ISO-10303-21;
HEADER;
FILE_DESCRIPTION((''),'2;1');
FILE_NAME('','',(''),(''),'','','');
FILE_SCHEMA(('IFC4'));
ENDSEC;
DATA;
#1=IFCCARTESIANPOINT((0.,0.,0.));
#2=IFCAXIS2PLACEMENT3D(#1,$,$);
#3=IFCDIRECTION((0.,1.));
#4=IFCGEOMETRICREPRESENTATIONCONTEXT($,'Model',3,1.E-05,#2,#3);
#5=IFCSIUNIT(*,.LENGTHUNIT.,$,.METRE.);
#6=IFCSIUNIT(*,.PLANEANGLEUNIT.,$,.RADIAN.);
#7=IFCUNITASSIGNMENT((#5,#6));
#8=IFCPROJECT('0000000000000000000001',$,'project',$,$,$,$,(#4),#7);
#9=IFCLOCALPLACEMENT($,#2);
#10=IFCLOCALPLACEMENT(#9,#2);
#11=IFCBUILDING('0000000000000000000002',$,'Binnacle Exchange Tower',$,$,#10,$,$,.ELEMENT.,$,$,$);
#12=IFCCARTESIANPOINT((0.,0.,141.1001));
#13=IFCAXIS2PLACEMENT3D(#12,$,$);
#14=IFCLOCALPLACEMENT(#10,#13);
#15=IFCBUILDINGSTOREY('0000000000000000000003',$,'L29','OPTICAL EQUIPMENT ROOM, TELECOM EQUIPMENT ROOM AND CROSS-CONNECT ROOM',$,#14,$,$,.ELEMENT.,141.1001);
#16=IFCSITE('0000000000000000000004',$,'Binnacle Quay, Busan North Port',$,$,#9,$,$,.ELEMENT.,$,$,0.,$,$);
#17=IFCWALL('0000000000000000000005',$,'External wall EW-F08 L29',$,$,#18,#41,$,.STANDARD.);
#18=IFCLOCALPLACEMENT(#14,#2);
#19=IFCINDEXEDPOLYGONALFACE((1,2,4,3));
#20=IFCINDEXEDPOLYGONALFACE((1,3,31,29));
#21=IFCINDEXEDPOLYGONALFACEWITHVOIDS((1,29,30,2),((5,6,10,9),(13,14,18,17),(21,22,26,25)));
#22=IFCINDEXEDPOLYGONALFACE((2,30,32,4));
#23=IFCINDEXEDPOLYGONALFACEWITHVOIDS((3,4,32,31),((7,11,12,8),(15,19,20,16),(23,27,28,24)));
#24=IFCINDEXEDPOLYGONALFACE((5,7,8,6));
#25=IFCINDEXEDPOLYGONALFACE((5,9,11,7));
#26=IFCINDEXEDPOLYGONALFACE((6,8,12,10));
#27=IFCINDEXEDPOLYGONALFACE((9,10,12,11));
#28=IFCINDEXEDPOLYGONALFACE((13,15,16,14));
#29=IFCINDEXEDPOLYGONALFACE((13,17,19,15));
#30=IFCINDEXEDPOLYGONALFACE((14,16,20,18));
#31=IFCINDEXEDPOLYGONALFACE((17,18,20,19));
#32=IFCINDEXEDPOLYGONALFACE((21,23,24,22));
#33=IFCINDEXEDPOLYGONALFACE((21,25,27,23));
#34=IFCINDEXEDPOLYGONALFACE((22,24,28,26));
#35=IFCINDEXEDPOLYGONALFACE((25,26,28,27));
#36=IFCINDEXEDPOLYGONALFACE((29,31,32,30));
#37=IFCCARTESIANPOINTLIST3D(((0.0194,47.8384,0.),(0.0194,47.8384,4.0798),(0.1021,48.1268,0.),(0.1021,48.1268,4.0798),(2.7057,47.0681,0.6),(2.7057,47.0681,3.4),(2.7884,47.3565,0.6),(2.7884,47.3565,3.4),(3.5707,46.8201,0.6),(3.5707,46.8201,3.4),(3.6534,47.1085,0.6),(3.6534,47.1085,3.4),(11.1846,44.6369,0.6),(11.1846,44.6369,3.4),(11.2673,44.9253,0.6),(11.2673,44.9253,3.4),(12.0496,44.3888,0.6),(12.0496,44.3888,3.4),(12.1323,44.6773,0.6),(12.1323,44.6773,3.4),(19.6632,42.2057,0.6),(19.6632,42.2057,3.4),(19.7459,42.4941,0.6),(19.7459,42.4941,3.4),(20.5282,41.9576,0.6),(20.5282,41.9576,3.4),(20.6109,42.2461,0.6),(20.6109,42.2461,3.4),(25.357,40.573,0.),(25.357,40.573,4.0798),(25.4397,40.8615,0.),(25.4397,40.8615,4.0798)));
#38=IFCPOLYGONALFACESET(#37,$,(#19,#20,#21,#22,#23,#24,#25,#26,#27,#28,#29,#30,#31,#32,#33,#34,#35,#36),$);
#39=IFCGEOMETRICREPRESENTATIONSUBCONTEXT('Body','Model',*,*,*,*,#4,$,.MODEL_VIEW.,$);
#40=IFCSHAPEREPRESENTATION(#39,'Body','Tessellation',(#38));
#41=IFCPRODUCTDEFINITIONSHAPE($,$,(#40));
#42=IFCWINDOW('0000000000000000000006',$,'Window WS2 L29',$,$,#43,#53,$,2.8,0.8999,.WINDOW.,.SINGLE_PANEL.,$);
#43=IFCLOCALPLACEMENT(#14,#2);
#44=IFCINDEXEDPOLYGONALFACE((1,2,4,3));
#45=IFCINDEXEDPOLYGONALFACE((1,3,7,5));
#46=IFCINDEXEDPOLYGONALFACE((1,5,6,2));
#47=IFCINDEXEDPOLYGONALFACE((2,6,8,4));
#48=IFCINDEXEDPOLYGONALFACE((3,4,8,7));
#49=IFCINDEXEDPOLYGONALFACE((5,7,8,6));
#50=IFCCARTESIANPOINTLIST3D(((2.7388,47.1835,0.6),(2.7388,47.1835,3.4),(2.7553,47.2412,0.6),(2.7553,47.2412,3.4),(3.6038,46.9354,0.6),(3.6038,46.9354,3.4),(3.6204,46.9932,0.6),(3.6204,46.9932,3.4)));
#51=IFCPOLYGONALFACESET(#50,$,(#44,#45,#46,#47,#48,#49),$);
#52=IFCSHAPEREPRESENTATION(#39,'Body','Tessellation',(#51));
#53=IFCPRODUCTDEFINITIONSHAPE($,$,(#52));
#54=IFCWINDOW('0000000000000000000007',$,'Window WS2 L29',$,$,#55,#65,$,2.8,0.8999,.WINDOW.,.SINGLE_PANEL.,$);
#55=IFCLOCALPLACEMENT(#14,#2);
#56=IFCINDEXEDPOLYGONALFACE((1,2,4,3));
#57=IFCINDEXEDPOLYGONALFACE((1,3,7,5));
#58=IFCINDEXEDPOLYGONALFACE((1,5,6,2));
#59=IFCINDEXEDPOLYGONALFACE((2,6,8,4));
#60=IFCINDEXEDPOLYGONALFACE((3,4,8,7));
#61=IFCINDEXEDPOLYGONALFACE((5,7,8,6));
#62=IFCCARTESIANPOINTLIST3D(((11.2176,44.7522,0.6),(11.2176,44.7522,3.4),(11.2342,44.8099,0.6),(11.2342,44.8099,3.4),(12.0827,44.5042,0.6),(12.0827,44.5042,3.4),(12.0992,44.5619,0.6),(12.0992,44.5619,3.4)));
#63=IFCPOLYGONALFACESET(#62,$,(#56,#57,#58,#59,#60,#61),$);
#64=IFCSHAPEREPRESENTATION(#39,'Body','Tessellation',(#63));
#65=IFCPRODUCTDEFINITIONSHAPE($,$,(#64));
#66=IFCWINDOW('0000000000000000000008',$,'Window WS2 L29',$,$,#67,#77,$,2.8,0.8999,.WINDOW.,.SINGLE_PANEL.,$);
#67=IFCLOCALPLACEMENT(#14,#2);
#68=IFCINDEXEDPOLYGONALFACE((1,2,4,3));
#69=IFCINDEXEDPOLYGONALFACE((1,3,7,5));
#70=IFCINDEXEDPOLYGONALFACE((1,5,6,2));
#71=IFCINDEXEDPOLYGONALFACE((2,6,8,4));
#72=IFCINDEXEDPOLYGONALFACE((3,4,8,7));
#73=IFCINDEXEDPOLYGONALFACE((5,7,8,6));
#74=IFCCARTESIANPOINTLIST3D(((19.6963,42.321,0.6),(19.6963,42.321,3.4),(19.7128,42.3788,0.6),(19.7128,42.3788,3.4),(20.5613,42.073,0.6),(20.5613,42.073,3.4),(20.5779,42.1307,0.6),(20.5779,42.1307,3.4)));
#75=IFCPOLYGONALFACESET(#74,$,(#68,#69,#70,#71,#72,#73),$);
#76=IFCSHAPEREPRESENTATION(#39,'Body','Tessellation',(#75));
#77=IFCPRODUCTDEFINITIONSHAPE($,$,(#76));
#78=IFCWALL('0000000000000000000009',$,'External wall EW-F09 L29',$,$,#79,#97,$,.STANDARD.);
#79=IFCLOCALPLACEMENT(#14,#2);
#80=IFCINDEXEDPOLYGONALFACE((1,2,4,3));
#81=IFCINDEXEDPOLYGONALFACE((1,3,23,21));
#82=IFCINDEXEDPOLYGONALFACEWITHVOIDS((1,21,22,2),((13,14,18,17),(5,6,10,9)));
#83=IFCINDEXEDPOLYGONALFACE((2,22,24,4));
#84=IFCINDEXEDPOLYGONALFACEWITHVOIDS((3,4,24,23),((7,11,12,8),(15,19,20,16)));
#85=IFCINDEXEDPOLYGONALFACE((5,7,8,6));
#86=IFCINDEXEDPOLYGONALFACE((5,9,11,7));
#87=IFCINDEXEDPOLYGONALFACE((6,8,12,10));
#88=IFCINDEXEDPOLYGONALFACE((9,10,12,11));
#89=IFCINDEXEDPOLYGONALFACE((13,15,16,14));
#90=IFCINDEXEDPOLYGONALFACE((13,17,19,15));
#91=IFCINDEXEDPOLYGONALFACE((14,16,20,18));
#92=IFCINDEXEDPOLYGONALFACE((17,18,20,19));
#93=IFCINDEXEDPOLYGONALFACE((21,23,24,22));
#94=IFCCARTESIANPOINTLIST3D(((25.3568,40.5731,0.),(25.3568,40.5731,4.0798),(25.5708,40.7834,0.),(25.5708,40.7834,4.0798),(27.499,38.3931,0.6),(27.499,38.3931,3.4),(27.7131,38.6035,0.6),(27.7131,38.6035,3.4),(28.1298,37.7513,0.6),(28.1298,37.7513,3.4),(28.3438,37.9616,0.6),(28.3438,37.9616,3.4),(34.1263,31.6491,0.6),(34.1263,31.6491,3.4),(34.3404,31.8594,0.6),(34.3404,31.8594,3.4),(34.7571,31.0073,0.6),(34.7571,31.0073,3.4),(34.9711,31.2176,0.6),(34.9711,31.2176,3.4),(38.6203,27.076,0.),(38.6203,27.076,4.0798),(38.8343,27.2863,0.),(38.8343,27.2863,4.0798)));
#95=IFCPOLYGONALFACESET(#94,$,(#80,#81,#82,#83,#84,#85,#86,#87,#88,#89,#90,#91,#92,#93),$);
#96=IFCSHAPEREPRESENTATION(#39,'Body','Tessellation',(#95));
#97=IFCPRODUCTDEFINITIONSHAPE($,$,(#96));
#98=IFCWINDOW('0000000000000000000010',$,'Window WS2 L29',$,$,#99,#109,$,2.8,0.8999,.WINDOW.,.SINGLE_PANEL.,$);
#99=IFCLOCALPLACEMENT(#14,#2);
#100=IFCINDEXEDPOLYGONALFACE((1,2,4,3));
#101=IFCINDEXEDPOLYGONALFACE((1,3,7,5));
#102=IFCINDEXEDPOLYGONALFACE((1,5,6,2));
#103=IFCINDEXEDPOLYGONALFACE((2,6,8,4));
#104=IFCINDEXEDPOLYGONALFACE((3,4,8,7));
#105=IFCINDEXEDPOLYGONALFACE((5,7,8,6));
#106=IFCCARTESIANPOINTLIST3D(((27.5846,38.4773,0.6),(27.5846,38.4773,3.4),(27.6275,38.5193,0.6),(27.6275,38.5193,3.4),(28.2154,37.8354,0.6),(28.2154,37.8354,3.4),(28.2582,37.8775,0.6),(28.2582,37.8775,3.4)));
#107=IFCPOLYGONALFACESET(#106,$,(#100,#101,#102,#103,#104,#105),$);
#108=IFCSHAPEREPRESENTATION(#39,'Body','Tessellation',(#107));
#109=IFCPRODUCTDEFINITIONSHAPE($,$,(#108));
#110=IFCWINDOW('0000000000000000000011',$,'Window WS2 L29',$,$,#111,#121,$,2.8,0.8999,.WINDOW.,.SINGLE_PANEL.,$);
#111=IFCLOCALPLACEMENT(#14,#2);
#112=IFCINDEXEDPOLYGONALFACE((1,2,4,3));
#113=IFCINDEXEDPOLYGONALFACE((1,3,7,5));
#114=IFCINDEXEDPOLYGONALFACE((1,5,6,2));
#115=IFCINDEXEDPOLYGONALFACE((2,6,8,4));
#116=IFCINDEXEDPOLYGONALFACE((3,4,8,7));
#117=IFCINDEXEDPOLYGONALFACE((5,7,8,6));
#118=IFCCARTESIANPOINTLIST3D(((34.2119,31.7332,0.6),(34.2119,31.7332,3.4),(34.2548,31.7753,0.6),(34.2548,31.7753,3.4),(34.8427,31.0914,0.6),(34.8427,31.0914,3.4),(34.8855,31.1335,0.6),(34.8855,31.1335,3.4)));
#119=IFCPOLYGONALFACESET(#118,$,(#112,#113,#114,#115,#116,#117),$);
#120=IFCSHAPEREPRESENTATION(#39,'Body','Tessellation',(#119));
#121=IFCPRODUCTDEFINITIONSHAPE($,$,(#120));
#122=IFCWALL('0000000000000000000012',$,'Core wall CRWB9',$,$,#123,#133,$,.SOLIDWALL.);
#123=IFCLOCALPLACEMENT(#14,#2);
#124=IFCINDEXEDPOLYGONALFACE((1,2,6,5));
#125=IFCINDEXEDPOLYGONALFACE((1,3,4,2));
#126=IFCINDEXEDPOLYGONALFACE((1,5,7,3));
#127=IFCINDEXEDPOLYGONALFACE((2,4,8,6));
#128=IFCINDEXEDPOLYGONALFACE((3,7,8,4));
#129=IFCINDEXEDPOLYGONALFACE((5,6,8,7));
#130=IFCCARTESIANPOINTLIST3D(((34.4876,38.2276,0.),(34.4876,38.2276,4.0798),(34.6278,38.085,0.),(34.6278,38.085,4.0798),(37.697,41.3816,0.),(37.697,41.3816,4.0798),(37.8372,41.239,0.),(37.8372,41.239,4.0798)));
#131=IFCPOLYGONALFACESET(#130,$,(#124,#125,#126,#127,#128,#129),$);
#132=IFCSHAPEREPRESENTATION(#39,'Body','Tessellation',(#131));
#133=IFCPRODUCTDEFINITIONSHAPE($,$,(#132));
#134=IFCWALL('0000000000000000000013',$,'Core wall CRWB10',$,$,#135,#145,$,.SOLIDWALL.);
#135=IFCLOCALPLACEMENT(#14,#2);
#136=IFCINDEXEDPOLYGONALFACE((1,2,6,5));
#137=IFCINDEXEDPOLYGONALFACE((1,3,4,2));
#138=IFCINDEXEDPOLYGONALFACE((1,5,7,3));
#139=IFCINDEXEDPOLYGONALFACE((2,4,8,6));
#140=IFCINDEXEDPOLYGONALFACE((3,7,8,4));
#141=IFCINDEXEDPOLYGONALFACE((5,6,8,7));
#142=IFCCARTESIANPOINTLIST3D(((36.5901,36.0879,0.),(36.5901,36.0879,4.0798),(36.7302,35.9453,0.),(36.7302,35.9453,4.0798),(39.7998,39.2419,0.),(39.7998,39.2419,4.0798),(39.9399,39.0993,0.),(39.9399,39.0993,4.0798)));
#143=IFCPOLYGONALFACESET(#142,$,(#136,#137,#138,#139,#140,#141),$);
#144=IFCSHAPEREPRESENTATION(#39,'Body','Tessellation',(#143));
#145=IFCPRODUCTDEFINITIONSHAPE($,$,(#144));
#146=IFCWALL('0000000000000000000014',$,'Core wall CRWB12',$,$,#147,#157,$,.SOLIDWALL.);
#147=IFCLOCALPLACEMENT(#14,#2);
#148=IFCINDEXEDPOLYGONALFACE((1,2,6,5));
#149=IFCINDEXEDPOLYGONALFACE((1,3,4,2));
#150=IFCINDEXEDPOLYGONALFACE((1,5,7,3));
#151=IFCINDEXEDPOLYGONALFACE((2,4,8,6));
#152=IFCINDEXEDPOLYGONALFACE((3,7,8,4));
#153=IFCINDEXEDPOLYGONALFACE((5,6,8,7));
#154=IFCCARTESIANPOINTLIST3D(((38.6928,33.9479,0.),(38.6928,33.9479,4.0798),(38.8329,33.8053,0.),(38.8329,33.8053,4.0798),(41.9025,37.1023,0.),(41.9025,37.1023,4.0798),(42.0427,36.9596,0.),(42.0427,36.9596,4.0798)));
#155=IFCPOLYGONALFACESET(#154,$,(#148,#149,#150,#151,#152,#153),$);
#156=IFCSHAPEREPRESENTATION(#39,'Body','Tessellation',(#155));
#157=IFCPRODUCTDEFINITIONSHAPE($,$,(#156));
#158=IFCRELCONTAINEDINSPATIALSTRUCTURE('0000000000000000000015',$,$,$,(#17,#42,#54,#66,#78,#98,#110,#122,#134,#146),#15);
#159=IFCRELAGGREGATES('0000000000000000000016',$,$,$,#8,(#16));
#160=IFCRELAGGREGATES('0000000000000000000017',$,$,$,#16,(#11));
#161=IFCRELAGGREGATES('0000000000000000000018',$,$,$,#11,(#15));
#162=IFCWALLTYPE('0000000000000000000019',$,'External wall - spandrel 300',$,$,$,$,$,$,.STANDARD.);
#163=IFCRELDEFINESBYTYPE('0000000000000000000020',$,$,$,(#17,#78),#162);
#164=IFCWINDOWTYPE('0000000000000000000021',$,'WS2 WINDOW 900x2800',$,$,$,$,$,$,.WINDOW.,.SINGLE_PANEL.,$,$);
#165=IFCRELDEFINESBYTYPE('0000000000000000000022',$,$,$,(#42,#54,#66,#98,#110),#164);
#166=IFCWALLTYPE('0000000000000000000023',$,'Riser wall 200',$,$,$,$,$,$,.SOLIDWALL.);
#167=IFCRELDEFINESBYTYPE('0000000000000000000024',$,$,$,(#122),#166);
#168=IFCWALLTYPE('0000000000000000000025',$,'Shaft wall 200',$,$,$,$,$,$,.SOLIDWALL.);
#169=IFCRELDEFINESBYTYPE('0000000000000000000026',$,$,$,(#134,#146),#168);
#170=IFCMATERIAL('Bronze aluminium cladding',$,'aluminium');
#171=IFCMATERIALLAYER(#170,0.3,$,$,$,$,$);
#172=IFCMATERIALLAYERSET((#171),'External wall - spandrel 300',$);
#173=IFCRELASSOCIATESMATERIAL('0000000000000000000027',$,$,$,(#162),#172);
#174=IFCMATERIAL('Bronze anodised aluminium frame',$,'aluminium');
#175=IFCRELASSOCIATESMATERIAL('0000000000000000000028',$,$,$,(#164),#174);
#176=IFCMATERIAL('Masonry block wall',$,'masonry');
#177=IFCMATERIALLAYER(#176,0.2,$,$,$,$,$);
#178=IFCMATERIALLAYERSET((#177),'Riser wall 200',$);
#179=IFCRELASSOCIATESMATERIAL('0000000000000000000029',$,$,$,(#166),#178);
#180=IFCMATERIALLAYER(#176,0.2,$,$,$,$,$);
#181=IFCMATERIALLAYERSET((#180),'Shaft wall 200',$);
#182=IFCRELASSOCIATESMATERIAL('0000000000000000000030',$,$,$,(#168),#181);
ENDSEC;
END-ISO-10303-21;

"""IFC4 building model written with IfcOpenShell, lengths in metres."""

from ifc_helpers import new_model, si_unit, direction, frame, frame_2d, origin, place, context, subcontext, project, spatial, rectangle, extrude, material, layer, layer_set, type_object, element, fill, save


model = new_model("IFC4")

# Units and contexts
model_context = context("Model", 3, precision=1e-05, world=origin(), true_north=direction((0.0, 1.0)))
body_context = subcontext(model_context, "Body", "Model", "MODEL_VIEW")
ifc_project = project(units=[si_unit("LENGTHUNIT", "METRE"), si_unit("PLANEANGLEUNIT", "RADIAN")], contexts=[model_context])

# Site, building, storey
site_placement = place(None, origin())
site = spatial("IfcSite", under=ifc_project, at=site_placement, Name="Binnacle Quay, Busan North Port", CompositionType="ELEMENT", RefElevation=0.0)
building_placement = place(site_placement, origin())
building = spatial("IfcBuilding", under=site, at=building_placement, Name="Binnacle Exchange Tower", CompositionType="ELEMENT")
storey_placement = place(building_placement, frame((0.0, 0.0, 141.1001)))
storey = spatial("IfcBuildingStorey", under=building, at=storey_placement, Name="L29", Description="OPTICAL EQUIPMENT ROOM, TELECOM EQUIPMENT ROOM AND CROSS-CONNECT ROOM", CompositionType="ELEMENT", Elevation=141.1001)

# Walls, openings, windows
ifc_material_1 = material(Name="Bronze aluminium cladding", Category="aluminium")
ifc_layer_1 = layer(ifc_material_1, 0.3)
ifc_layer_set_1 = layer_set([ifc_layer_1], Name="External wall - spandrel 300")
wall_type_1 = type_object("IfcWallType", Name="External wall - spandrel 300", PredefinedType="STANDARD", material=ifc_layer_set_1)
wall_1_placement = place(storey_placement, frame((25.3982, 40.7173, 0.0), z_axis=(0.0, 0.0, 1.0), x_axis=(-0.961262, 0.275635, 0.0)))
wall_1 = element("IfcWall", 1, at=wall_1_placement, inside=storey, type_object=wall_type_1, Name="External wall EW-F08 L29", PredefinedType="STANDARD", context=body_context, shape_type="SweptSolid", body=[
    extrude(rectangle(XDim=26.3586, YDim=0.3, at=frame_2d((13.1792, 0.0))), origin(), (0.0, 0.0, 1.0), 4.0798),
])
opening_1_placement = place(wall_1_placement, frame((22.6641, 0.0, 0.6001)))
opening_1 = element("IfcOpeningElement", 2, at=opening_1_placement, cuts=wall_1, PredefinedType="OPENING", context=body_context, shape_type="SweptSolid", body=[
    extrude(rectangle(XDim=0.8999, YDim=2.8, at=frame_2d((0.45, 1.3999))), frame((0.0, 0.1599, 0.0), z_axis=(0.0, -1.0, 0.0), x_axis=(1.0, 0.0, 0.0)), (0.0, 0.0, 1.0), 0.3201),
])
opening_2_placement = place(wall_1_placement, frame((13.8435, 0.0, 0.6001)))
opening_2 = element("IfcOpeningElement", 3, at=opening_2_placement, cuts=wall_1, PredefinedType="OPENING", context=body_context, shape_type="SweptSolid", body=[
    extrude(rectangle(XDim=0.8999, YDim=2.8, at=frame_2d((0.45, 1.3999))), frame((0.0, 0.1599, 0.0), z_axis=(0.0, -1.0, 0.0), x_axis=(1.0, 0.0, 0.0)), (0.0, 0.0, 1.0), 0.3201),
])
opening_3_placement = place(wall_1_placement, frame((5.0232, 0.0, 0.6001)))
opening_3 = element("IfcOpeningElement", 4, at=opening_3_placement, cuts=wall_1, PredefinedType="OPENING", context=body_context, shape_type="SweptSolid", body=[
    extrude(rectangle(XDim=0.8999, YDim=2.8, at=frame_2d((0.45, 1.3999))), frame((0.0, 0.1599, 0.0), z_axis=(0.0, -1.0, 0.0), x_axis=(1.0, 0.0, 0.0)), (0.0, 0.0, 1.0), 0.3201),
])
ifc_material_2 = material(Name="Bronze anodised aluminium frame", Category="aluminium")
window_type = type_object("IfcWindowType", Name="WS2 WINDOW 900x2800", PartitioningType="SINGLE_PANEL", PredefinedType="WINDOW", material=ifc_material_2)
window_1_placement = place(opening_1_placement, origin())
window_1 = element("IfcWindow", 5, at=window_1_placement, inside=storey, type_object=window_type, Name="Window WS2 L29", OverallHeight=2.8, OverallWidth=0.8999, PartitioningType="SINGLE_PANEL", PredefinedType="WINDOW", context=body_context, shape_type="SweptSolid", body=[
    extrude(rectangle(XDim=0.8999, YDim=2.8, at=frame_2d((0.45, 1.3999))), frame((0.0, 0.03, 0.0), z_axis=(0.0, -1.0, 0.0), x_axis=(1.0, 0.0, 0.0)), (0.0, 0.0, 1.0), 0.0601),
])
fill(opening_1, window_1)
window_2_placement = place(opening_2_placement, origin())
window_2 = element("IfcWindow", 6, at=window_2_placement, inside=storey, type_object=window_type, Name="Window WS2 L29", OverallHeight=2.8, OverallWidth=0.8999, PartitioningType="SINGLE_PANEL", PredefinedType="WINDOW", context=body_context, shape_type="SweptSolid", body=[
    extrude(rectangle(XDim=0.8999, YDim=2.8, at=frame_2d((0.45, 1.3999))), frame((0.0, 0.03, 0.0), z_axis=(0.0, -1.0, 0.0), x_axis=(1.0, 0.0, 0.0)), (0.0, 0.0, 1.0), 0.0601),
])
fill(opening_2, window_2)
window_3_placement = place(opening_3_placement, origin())
window_3 = element("IfcWindow", 7, at=window_3_placement, inside=storey, type_object=window_type, Name="Window WS2 L29", OverallHeight=2.8, OverallWidth=0.8999, PartitioningType="SINGLE_PANEL", PredefinedType="WINDOW", context=body_context, shape_type="SweptSolid", body=[
    extrude(rectangle(XDim=0.8999, YDim=2.8, at=frame_2d((0.45, 1.3999))), frame((0.0, 0.03, 0.0), z_axis=(0.0, -1.0, 0.0), x_axis=(1.0, 0.0, 0.0)), (0.0, 0.0, 1.0), 0.0601),
])
fill(opening_3, window_3)
wall_2_placement = place(storey_placement, frame((38.7273, 27.1812, 0.0), z_axis=(0.0, 0.0, 1.0), x_axis=(-0.700906, 0.713253, 0.0)))
wall_2 = element("IfcWall", 8, at=wall_2_placement, inside=storey, type_object=wall_type_1, Name="External wall EW-F09 L29", PredefinedType="STANDARD", context=body_context, shape_type="SweptSolid", body=[
    extrude(rectangle(XDim=18.9233, YDim=0.3, at=frame_2d((9.4617, 0.0))), origin(), (0.0, 0.0, 1.0), 4.0798),
])
opening_4_placement = place(wall_2_placement, frame((14.967, 0.0, 0.6001)))
opening_4 = element("IfcOpeningElement", 9, at=opening_4_placement, cuts=wall_2, PredefinedType="OPENING", context=body_context, shape_type="SweptSolid", body=[
    extrude(rectangle(XDim=0.8999, YDim=2.8, at=frame_2d((0.45, 1.3999))), frame((0.0, 0.1599, 0.0), z_axis=(0.0, -1.0, 0.0), x_axis=(1.0, 0.0, 0.0)), (0.0, 0.0, 1.0), 0.3201),
])
opening_5_placement = place(wall_2_placement, frame((5.5117, 0.0, 0.6001)))
opening_5 = element("IfcOpeningElement", 10, at=opening_5_placement, cuts=wall_2, PredefinedType="OPENING", context=body_context, shape_type="SweptSolid", body=[
    extrude(rectangle(XDim=0.8999, YDim=2.8, at=frame_2d((0.45, 1.3999))), frame((0.0, 0.1599, 0.0), z_axis=(0.0, -1.0, 0.0), x_axis=(1.0, 0.0, 0.0)), (0.0, 0.0, 1.0), 0.3201),
])
window_4_placement = place(opening_4_placement, origin())
window_4 = element("IfcWindow", 11, at=window_4_placement, inside=storey, type_object=window_type, Name="Window WS2 L29", OverallHeight=2.8, OverallWidth=0.8999, PartitioningType="SINGLE_PANEL", PredefinedType="WINDOW", context=body_context, shape_type="SweptSolid", body=[
    extrude(rectangle(XDim=0.8999, YDim=2.8, at=frame_2d((0.45, 1.3999))), frame((0.0, 0.03, 0.0), z_axis=(0.0, -1.0, 0.0), x_axis=(1.0, 0.0, 0.0)), (0.0, 0.0, 1.0), 0.0601),
])
fill(opening_4, window_4)
window_5_placement = place(opening_5_placement, origin())
window_5 = element("IfcWindow", 12, at=window_5_placement, inside=storey, type_object=window_type, Name="Window WS2 L29", OverallHeight=2.8, OverallWidth=0.8999, PartitioningType="SINGLE_PANEL", PredefinedType="WINDOW", context=body_context, shape_type="SweptSolid", body=[
    extrude(rectangle(XDim=0.8999, YDim=2.8, at=frame_2d((0.45, 1.3999))), frame((0.0, 0.03, 0.0), z_axis=(0.0, -1.0, 0.0), x_axis=(1.0, 0.0, 0.0)), (0.0, 0.0, 1.0), 0.0601),
])
fill(opening_5, window_5)

# Walls
ifc_material_3 = material(Name="Masonry block wall", Category="masonry")
ifc_layer_2 = layer(ifc_material_3, 0.2)
ifc_layer_set_2 = layer_set([ifc_layer_2], Name="Riser wall 200")
wall_type_2 = type_object("IfcWallType", Name="Riser wall 200", PredefinedType="SOLIDWALL", material=ifc_layer_set_2)
wall_3_placement = place(storey_placement, frame((34.5576, 38.1562, 0.0), z_axis=(0.0, 0.0, 1.0), x_axis=(0.713238, 0.700922, 0.0)))
element("IfcWall", 13, at=wall_3_placement, inside=storey, type_object=wall_type_2, Name="Core wall CRWB9", PredefinedType="SOLIDWALL", context=body_context, shape_type="SweptSolid", body=[
    extrude(rectangle(XDim=4.4998, YDim=0.2, at=frame_2d((2.25, 0.0))), origin(), (0.0, 0.0, 1.0), 4.0798),
])
ifc_layer_3 = layer(ifc_material_3, 0.2)
ifc_layer_set_3 = layer_set([ifc_layer_3], Name="Shaft wall 200")
wall_type_3 = type_object("IfcWallType", Name="Shaft wall 200", PredefinedType="SOLIDWALL", material=ifc_layer_set_3)
wall_4_placement = place(storey_placement, frame((36.6602, 36.0166, 0.0), z_axis=(0.0, 0.0, 1.0), x_axis=(0.713265, 0.700895, 0.0)))
element("IfcWall", 14, at=wall_4_placement, inside=storey, type_object=wall_type_3, Name="Core wall CRWB10", PredefinedType="SOLIDWALL", context=body_context, shape_type="SweptSolid", body=[
    extrude(rectangle(XDim=4.5, YDim=0.2, at=frame_2d((2.25, 0.0))), origin(), (0.0, 0.0, 1.0), 4.0798),
])
wall_5_placement = place(storey_placement, frame((38.7629, 33.8767, 0.0), z_axis=(0.0, 0.0, 1.0), x_axis=(0.713237, 0.700922, 0.0)))
element("IfcWall", 15, at=wall_5_placement, inside=storey, type_object=wall_type_3, Name="Core wall CRWB12", PredefinedType="SOLIDWALL", context=body_context, shape_type="SweptSolid", body=[
    extrude(rectangle(XDim=4.5002, YDim=0.2, at=frame_2d((2.25, 0.0))), origin(), (0.0, 0.0, 1.0), 4.0798),
])

save(model, "model.ifc")
